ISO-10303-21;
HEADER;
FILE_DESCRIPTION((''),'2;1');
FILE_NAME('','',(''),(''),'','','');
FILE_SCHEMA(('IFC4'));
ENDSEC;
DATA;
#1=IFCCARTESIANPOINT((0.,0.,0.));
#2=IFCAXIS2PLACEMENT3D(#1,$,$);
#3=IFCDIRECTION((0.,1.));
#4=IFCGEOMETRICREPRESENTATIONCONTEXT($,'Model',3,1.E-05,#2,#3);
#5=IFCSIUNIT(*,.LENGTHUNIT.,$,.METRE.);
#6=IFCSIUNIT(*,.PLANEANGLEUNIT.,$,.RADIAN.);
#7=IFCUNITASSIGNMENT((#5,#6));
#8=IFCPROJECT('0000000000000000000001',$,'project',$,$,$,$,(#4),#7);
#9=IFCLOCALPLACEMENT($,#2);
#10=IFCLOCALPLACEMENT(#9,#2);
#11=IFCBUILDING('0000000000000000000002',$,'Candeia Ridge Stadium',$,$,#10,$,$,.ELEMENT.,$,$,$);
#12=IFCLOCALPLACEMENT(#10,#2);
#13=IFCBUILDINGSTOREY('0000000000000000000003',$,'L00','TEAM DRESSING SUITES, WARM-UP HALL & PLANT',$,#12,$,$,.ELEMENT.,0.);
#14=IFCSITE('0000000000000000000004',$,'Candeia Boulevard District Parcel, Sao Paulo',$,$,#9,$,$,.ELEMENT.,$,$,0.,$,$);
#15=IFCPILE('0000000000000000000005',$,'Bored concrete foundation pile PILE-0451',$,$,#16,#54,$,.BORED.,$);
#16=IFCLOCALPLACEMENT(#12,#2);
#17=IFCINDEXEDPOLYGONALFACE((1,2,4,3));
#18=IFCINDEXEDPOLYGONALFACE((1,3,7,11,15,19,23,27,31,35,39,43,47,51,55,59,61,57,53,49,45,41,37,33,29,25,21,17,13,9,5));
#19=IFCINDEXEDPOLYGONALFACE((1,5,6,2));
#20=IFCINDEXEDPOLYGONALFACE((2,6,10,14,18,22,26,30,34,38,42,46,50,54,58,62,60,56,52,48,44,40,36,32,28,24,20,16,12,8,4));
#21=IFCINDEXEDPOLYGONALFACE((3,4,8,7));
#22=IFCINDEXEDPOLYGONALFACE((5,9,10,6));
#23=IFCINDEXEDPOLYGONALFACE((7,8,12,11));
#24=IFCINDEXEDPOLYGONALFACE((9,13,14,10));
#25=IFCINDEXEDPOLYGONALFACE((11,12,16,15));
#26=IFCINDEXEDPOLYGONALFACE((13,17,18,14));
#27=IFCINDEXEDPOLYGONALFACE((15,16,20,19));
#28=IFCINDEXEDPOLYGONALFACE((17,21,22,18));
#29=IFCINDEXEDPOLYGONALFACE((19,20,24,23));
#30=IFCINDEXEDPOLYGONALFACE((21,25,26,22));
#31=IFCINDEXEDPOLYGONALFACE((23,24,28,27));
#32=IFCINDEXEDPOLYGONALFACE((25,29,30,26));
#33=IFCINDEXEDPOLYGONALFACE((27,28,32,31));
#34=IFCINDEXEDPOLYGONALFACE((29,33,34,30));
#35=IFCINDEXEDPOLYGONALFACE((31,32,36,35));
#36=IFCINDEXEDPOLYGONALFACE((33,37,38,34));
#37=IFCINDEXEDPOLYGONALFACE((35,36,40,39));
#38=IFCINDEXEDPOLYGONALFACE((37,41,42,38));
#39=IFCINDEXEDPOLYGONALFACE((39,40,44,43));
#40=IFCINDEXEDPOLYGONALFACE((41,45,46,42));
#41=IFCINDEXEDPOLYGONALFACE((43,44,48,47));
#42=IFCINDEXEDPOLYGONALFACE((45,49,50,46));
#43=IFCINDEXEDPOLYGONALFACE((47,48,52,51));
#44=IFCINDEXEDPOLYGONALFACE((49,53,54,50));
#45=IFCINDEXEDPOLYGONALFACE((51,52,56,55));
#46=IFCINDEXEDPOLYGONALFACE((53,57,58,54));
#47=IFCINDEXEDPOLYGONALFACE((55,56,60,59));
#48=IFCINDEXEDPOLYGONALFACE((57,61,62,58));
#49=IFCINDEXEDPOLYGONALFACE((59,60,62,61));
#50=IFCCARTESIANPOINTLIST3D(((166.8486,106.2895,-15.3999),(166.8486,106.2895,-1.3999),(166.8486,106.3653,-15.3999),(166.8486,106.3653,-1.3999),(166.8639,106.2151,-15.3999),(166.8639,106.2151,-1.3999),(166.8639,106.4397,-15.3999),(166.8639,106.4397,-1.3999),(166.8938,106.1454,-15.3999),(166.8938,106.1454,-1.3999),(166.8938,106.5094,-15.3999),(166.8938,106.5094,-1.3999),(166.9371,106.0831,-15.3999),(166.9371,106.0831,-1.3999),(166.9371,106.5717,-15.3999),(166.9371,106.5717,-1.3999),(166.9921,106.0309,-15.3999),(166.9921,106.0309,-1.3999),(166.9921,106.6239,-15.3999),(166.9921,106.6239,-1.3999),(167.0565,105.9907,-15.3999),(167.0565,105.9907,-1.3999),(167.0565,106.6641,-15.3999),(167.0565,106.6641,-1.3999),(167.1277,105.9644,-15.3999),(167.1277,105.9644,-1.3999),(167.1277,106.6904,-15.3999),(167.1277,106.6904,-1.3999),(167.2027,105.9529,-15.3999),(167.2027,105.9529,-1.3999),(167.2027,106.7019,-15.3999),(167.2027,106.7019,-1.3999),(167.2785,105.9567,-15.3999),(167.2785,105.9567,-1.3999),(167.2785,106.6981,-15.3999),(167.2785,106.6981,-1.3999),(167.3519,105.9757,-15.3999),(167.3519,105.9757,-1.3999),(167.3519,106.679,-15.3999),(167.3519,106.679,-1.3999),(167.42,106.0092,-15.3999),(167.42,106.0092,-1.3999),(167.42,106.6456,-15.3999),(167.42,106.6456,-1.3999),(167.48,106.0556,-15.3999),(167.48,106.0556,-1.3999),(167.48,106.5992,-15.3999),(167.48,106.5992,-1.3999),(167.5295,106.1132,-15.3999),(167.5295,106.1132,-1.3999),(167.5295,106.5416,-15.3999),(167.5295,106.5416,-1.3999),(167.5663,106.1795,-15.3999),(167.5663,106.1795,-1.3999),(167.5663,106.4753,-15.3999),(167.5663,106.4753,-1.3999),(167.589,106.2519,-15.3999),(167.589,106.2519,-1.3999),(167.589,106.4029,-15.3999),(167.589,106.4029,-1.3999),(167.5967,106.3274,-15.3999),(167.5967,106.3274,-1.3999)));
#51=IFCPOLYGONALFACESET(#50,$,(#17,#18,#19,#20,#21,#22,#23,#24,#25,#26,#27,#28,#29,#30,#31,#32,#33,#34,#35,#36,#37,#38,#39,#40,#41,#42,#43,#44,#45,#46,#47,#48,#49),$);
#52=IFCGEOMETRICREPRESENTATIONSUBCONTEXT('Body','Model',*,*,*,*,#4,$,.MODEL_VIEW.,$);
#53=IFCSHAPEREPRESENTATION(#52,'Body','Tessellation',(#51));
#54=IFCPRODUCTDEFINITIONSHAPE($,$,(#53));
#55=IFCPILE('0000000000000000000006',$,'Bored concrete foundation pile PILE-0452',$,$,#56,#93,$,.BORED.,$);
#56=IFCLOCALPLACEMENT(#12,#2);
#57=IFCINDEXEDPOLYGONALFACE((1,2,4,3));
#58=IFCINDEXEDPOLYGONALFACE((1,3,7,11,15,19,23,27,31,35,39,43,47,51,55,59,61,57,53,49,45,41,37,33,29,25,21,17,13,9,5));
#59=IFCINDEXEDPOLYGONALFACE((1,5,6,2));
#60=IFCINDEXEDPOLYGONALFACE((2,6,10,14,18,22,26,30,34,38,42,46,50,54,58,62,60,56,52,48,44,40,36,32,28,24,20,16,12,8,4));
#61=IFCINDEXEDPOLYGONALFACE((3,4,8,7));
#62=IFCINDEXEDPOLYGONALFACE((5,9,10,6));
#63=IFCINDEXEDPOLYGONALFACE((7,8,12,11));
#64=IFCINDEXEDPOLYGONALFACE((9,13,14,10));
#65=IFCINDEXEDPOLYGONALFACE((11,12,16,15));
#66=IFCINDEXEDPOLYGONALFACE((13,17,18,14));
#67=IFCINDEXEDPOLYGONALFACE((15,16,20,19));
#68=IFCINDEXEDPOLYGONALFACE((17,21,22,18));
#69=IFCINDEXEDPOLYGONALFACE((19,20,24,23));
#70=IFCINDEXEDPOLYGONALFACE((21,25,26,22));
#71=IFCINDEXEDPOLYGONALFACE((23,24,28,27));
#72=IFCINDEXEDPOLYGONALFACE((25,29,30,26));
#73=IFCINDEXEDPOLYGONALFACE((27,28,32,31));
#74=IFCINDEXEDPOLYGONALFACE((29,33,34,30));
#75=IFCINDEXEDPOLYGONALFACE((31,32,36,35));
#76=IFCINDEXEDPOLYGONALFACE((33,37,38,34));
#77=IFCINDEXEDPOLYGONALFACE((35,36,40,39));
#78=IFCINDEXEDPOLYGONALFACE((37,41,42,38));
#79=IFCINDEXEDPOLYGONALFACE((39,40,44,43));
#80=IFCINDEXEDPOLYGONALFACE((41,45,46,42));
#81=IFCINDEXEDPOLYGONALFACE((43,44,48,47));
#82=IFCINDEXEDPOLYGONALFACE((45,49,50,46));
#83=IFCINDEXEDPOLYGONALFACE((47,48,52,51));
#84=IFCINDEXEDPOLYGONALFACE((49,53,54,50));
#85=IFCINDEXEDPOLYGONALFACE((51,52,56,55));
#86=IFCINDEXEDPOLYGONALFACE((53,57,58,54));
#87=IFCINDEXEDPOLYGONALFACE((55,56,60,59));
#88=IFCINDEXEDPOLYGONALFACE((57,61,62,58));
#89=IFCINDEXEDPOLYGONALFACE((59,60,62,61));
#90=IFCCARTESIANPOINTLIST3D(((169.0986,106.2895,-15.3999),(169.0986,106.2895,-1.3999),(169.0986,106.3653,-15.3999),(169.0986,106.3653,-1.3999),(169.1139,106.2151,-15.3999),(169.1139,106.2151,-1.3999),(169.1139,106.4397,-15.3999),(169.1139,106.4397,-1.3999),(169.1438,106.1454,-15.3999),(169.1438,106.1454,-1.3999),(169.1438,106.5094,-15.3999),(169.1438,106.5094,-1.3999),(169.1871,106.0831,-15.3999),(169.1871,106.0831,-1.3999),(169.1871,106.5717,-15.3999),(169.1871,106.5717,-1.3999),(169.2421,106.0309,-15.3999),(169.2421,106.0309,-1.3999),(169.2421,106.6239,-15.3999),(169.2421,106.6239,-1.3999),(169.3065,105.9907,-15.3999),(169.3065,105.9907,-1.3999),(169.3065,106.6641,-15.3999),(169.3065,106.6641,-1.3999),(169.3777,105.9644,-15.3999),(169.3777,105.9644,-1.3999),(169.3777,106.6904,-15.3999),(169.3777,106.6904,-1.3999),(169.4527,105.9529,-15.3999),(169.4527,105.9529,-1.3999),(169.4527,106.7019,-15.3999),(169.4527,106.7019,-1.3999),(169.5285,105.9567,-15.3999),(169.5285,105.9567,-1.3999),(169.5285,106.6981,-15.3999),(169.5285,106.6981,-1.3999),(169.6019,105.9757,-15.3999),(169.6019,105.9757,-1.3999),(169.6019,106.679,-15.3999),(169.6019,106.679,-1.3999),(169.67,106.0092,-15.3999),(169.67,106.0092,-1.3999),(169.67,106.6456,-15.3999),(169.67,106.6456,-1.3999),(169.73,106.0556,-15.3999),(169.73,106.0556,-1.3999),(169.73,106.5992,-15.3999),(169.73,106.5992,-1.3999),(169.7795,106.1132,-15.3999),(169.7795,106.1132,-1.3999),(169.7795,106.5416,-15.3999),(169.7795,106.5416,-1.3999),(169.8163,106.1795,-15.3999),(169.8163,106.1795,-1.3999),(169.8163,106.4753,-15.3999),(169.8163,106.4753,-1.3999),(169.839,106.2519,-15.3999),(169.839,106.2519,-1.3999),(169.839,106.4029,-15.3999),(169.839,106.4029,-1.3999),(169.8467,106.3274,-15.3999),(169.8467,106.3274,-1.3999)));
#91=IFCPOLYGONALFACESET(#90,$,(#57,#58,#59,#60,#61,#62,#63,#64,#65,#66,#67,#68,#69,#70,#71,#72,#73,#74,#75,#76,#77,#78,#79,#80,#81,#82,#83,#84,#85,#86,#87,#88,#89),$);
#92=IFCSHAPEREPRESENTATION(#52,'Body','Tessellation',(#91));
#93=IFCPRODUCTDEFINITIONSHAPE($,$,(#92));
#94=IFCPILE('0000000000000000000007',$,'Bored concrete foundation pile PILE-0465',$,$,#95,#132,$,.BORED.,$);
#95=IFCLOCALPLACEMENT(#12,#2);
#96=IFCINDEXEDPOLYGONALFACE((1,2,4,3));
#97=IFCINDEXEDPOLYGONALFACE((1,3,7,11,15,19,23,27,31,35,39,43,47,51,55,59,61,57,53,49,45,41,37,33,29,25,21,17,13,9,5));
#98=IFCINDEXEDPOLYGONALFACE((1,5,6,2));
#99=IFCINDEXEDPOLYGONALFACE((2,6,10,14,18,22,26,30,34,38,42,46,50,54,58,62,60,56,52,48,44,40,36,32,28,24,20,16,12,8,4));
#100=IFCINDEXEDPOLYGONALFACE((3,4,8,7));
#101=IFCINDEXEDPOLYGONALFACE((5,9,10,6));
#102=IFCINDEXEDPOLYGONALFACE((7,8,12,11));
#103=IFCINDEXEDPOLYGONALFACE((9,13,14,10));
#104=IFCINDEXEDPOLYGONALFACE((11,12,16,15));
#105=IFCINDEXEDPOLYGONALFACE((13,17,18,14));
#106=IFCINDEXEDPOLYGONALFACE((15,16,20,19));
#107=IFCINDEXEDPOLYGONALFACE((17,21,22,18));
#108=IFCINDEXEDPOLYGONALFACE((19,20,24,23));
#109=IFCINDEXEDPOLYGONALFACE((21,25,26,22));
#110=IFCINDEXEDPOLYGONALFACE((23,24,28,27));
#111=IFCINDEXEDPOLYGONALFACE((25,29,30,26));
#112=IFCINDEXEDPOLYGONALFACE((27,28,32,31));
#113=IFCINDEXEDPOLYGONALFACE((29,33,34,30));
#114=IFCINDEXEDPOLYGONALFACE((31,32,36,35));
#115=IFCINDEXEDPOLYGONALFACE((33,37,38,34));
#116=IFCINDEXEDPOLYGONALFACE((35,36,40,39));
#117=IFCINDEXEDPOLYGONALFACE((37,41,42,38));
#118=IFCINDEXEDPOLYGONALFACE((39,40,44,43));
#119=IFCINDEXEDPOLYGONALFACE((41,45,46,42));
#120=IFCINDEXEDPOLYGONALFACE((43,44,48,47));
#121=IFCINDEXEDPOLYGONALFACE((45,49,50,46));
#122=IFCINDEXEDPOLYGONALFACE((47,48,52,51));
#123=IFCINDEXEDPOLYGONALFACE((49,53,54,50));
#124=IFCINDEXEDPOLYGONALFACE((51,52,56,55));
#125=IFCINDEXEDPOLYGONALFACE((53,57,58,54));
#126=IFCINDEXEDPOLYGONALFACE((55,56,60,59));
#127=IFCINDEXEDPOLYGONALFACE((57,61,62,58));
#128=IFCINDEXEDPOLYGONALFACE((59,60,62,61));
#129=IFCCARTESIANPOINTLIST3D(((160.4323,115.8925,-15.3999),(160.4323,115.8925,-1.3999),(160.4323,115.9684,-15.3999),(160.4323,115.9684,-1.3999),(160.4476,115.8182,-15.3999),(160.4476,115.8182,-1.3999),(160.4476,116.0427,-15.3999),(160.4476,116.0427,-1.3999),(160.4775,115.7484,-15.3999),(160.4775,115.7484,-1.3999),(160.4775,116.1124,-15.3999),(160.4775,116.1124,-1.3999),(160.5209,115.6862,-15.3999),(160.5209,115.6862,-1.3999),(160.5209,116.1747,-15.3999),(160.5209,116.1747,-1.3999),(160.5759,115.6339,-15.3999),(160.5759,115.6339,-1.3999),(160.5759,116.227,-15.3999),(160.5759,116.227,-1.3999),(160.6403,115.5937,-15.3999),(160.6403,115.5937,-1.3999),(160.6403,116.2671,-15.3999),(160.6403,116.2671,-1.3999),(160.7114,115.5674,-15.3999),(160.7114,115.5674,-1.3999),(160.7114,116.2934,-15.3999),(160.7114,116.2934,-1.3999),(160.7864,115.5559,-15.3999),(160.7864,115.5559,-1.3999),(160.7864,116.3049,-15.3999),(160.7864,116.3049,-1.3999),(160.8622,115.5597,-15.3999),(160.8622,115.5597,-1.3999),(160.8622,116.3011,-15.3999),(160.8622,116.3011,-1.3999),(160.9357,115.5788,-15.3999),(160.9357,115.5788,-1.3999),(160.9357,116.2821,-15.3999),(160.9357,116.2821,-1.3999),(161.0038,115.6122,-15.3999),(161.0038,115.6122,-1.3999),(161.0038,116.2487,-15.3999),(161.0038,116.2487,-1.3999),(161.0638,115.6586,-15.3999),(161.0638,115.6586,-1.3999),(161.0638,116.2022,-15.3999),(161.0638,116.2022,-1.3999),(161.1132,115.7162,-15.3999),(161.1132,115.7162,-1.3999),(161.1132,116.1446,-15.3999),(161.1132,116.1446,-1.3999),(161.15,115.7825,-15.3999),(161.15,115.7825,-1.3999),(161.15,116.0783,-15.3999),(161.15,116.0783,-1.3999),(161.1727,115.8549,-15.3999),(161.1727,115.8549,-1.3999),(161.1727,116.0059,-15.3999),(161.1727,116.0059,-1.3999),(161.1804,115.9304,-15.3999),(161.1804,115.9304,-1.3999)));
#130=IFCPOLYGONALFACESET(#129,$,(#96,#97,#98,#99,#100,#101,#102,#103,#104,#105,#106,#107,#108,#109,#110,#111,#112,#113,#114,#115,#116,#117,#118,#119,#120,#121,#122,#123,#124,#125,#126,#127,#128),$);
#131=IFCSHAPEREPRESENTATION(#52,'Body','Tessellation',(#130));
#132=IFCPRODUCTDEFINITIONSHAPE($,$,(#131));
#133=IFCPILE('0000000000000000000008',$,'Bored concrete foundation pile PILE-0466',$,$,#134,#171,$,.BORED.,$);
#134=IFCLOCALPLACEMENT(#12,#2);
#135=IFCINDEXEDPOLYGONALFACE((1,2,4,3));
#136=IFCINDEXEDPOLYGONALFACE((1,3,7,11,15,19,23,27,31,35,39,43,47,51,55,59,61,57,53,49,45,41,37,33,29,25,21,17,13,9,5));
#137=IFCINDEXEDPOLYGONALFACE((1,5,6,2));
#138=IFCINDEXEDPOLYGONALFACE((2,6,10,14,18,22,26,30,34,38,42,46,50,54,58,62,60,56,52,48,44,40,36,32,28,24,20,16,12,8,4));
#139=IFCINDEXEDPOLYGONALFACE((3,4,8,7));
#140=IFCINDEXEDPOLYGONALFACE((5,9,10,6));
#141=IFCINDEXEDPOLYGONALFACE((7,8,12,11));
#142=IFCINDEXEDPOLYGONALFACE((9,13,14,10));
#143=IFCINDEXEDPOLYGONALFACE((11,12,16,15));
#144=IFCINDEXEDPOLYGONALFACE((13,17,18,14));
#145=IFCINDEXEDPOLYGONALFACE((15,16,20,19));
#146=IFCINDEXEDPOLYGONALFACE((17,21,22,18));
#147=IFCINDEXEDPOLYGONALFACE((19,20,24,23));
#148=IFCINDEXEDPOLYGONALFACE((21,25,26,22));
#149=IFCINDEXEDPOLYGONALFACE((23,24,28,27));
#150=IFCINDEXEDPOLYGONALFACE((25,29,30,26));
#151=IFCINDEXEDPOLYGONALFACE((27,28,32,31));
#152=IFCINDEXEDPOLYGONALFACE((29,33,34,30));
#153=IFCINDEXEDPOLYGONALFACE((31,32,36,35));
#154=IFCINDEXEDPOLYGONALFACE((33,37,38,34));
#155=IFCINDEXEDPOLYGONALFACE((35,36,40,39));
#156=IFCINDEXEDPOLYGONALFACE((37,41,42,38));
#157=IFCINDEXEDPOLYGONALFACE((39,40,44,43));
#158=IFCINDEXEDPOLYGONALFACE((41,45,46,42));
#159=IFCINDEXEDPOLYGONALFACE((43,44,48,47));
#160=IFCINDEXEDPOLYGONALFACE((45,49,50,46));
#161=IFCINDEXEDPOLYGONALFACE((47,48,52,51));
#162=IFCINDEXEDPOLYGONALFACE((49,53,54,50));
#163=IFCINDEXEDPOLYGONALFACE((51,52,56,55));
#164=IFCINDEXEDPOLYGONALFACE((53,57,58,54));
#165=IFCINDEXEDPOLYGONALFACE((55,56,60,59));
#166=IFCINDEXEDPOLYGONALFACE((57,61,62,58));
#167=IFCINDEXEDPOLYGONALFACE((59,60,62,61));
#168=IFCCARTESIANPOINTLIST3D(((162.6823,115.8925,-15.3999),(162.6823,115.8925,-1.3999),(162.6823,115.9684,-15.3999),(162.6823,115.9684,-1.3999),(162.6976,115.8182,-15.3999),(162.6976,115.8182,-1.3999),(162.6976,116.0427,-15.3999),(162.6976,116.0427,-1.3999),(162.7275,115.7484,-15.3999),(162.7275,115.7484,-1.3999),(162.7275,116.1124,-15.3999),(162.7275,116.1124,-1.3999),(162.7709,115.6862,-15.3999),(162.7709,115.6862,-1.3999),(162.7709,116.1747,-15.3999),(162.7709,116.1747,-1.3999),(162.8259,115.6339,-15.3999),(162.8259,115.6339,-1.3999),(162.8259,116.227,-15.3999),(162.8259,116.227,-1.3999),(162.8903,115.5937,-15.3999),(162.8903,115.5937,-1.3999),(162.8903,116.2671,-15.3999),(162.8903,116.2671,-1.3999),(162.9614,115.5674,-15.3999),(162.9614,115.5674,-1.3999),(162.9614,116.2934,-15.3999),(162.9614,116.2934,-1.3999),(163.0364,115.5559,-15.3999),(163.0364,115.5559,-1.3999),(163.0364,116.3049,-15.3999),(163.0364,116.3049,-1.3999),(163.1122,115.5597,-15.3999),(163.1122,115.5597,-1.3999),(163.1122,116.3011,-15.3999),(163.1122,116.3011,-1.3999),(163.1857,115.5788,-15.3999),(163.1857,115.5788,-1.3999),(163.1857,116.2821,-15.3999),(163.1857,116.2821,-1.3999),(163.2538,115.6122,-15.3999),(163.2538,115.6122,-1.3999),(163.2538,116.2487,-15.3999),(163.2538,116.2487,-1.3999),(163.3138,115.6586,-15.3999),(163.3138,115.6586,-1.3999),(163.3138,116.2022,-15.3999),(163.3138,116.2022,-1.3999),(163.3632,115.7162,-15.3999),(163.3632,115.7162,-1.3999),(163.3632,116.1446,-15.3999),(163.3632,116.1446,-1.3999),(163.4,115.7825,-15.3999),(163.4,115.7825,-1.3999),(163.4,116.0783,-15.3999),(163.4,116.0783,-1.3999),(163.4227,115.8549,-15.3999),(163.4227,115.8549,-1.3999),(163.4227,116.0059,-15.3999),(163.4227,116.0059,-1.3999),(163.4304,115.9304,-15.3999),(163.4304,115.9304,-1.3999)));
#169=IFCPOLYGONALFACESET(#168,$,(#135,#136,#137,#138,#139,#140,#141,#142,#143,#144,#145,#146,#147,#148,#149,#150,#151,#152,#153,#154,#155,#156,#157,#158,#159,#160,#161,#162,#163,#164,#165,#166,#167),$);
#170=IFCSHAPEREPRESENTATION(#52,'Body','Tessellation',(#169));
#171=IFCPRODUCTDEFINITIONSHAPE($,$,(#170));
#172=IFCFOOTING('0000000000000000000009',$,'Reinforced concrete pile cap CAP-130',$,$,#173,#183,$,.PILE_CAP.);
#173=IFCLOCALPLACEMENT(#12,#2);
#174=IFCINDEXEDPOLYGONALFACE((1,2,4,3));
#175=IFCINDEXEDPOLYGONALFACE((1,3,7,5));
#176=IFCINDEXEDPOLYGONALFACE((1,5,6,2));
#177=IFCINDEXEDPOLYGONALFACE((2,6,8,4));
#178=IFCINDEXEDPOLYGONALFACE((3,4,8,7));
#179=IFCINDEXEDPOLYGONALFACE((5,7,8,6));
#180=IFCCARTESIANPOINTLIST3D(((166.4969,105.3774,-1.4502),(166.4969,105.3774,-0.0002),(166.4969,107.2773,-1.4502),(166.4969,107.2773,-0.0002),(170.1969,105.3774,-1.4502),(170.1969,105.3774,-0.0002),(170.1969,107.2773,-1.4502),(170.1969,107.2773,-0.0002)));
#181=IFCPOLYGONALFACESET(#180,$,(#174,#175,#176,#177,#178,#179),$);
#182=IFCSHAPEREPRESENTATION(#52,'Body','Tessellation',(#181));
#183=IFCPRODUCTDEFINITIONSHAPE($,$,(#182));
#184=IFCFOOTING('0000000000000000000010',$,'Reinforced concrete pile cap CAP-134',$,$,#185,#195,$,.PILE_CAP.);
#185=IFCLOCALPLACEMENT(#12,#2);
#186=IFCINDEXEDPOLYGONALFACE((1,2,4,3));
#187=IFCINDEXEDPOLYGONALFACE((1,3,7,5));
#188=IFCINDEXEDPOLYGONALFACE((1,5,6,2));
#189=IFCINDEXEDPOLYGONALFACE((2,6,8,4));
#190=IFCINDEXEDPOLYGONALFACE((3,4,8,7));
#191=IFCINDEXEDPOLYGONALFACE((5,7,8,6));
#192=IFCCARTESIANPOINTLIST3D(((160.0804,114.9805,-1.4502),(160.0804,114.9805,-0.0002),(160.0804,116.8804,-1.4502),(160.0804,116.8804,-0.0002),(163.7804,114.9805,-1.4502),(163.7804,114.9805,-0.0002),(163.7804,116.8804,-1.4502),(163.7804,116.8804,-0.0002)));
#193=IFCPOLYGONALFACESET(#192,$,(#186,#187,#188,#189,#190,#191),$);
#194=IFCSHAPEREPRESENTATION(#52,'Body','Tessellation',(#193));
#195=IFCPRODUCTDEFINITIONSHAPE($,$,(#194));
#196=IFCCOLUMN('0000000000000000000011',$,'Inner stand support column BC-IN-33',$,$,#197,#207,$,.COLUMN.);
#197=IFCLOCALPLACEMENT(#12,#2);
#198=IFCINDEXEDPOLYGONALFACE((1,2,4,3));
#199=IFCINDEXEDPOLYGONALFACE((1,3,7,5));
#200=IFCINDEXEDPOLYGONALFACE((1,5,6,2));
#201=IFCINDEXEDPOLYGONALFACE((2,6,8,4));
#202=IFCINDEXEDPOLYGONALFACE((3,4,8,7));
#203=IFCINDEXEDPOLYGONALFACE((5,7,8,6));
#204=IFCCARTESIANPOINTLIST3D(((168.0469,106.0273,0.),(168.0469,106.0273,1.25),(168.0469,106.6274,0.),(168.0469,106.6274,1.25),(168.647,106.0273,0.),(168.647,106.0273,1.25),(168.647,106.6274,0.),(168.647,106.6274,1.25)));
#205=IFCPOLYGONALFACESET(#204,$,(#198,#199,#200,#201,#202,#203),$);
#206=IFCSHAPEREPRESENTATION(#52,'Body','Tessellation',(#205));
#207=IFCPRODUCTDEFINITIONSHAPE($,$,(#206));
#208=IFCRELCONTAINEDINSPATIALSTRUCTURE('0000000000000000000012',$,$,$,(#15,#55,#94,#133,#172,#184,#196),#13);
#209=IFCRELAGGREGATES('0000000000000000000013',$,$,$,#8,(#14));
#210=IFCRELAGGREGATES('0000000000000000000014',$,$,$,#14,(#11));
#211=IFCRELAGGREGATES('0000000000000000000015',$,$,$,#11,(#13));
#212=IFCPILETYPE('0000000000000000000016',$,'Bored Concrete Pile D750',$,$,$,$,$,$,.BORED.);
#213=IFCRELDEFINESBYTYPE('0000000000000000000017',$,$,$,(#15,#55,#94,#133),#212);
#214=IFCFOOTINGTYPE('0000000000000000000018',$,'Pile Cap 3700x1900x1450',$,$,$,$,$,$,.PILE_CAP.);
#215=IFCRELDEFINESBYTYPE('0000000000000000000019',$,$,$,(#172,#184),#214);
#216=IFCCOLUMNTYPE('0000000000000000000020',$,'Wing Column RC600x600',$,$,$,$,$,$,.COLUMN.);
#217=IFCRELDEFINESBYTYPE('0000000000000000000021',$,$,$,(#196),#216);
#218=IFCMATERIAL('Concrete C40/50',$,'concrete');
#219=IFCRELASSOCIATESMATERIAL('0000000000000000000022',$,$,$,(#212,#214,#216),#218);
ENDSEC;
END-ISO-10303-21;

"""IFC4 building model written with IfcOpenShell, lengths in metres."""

from ifc_helpers import new_model, si_unit, direction, frame, origin, origin_2d, place, context, subcontext, project, spatial, rectangle, circle, extrude, material, material_profile, profile_set, type_object, element, save


model = new_model("IFC4")

# Units and contexts
model_context = context("Model", 3, precision=1e-05, world=origin(), true_north=direction((0.0, 1.0)))
body_context = subcontext(model_context, "Body", "Model", "MODEL_VIEW")
ifc_project = project(units=[si_unit("LENGTHUNIT", "METRE"), si_unit("PLANEANGLEUNIT", "RADIAN")], contexts=[model_context])

# Site, building, storey
site_placement = place(None, origin())
site = spatial("IfcSite", under=ifc_project, at=site_placement, Name="Candeia Boulevard District Parcel, Sao Paulo", CompositionType="ELEMENT", RefElevation=0.0)
building_placement = place(site_placement, origin())
building = spatial("IfcBuilding", under=site, at=building_placement, Name="Candeia Ridge Stadium", CompositionType="ELEMENT")
storey_placement = place(building_placement, origin())
storey = spatial("IfcBuildingStorey", under=building, at=storey_placement, Name="L00", Description="TEAM DRESSING SUITES, WARM-UP HALL & PLANT", CompositionType="ELEMENT", Elevation=0.0)

# Piles
ifc_material_1 = material(Name="Concrete C40/50", Category="concrete")
ifc_material_profile_1 = material_profile(ifc_material_1, circle(Radius=0.375, at=origin_2d()), Name="PILE-D750", Category="concrete")
ifc_profile_set_1 = profile_set([ifc_material_profile_1], Name="Concrete C40/50")
pile_type = type_object("IfcPileType", Name="Bored Concrete Pile D750", PredefinedType="BORED", material=ifc_profile_set_1)
for number, where, z_axis, x_axis, name in (
    (1, (167.2217, 106.3274, -1.3999), (0.0, 0.0, -1.0), (1.0, 0.0, 0.0), "Bored concrete foundation pile PILE-0451"),
    (2, (169.4717, 106.3274, -1.3999), (0.0, 0.0, -1.0), (1.0, 0.0, 0.0), "Bored concrete foundation pile PILE-0452"),
    (3, (160.8054, 115.9304, -1.3999), (0.0, 0.0, -1.0), (1.0, 0.0, 0.0), "Bored concrete foundation pile PILE-0465"),
    (4, (163.0554, 115.9304, -1.3999), (0.0, 0.0, -1.0), (1.0, 0.0, 0.0), "Bored concrete foundation pile PILE-0466"),
):
    element("IfcPile", number, at=place(storey_placement, frame(where, z_axis=z_axis, x_axis=x_axis)), inside=storey, type_object=pile_type, Name=name, PredefinedType="BORED", context=body_context, shape_type="SweptSolid", body=[
        extrude(circle(Radius=0.375, at=origin_2d()), origin(), (0.0, 0.0, 1.0), 14.0),
    ])

# Footings
footing_type = type_object("IfcFootingType", Name="Pile Cap 3700x1900x1450", PredefinedType="PILE_CAP", material=ifc_material_1)
for number, where, z_axis, x_axis, name in (
    (5, (168.3469, 106.3274, -1.4502), (0.0, 0.0, 1.0), (1.0, 0.0, 0.0), "Reinforced concrete pile cap CAP-130"),
    (6, (161.9304, 115.9304, -1.4502), (0.0, 0.0, 1.0), (1.0, 0.0, 0.0), "Reinforced concrete pile cap CAP-134"),
):
    element("IfcFooting", number, at=place(storey_placement, frame(where, z_axis=z_axis, x_axis=x_axis)), inside=storey, type_object=footing_type, Name=name, PredefinedType="PILE_CAP", context=body_context, shape_type="SweptSolid", body=[
        extrude(rectangle(XDim=3.7, YDim=1.8999, at=origin_2d()), origin(), (0.0, 0.0, 1.0), 1.45),
    ])

# Column
ifc_material_profile_2 = material_profile(ifc_material_1, rectangle(XDim=0.6001, YDim=0.6001, at=origin_2d()), Name="RC600x600", Category="concrete")
ifc_profile_set_2 = profile_set([ifc_material_profile_2], Name="Concrete C40/50")
column_type = type_object("IfcColumnType", Name="Wing Column RC600x600", PredefinedType="COLUMN", material=ifc_profile_set_2)
for number, where, z_axis, x_axis, name in (
    (7, (168.3469, 106.3274, 0.0), (0.0, 0.0, 1.0), (1.0, 0.0, 0.0), "Inner stand support column BC-IN-33"),
):
    element("IfcColumn", number, at=place(storey_placement, frame(where, z_axis=z_axis, x_axis=x_axis)), inside=storey, type_object=column_type, Name=name, PredefinedType="COLUMN", context=body_context, shape_type="SweptSolid", body=[
        extrude(rectangle(XDim=0.6001, YDim=0.6001, at=origin_2d()), origin(), (0.0, 0.0, 1.0), 1.25),
    ])

save(model, "model.ifc")
